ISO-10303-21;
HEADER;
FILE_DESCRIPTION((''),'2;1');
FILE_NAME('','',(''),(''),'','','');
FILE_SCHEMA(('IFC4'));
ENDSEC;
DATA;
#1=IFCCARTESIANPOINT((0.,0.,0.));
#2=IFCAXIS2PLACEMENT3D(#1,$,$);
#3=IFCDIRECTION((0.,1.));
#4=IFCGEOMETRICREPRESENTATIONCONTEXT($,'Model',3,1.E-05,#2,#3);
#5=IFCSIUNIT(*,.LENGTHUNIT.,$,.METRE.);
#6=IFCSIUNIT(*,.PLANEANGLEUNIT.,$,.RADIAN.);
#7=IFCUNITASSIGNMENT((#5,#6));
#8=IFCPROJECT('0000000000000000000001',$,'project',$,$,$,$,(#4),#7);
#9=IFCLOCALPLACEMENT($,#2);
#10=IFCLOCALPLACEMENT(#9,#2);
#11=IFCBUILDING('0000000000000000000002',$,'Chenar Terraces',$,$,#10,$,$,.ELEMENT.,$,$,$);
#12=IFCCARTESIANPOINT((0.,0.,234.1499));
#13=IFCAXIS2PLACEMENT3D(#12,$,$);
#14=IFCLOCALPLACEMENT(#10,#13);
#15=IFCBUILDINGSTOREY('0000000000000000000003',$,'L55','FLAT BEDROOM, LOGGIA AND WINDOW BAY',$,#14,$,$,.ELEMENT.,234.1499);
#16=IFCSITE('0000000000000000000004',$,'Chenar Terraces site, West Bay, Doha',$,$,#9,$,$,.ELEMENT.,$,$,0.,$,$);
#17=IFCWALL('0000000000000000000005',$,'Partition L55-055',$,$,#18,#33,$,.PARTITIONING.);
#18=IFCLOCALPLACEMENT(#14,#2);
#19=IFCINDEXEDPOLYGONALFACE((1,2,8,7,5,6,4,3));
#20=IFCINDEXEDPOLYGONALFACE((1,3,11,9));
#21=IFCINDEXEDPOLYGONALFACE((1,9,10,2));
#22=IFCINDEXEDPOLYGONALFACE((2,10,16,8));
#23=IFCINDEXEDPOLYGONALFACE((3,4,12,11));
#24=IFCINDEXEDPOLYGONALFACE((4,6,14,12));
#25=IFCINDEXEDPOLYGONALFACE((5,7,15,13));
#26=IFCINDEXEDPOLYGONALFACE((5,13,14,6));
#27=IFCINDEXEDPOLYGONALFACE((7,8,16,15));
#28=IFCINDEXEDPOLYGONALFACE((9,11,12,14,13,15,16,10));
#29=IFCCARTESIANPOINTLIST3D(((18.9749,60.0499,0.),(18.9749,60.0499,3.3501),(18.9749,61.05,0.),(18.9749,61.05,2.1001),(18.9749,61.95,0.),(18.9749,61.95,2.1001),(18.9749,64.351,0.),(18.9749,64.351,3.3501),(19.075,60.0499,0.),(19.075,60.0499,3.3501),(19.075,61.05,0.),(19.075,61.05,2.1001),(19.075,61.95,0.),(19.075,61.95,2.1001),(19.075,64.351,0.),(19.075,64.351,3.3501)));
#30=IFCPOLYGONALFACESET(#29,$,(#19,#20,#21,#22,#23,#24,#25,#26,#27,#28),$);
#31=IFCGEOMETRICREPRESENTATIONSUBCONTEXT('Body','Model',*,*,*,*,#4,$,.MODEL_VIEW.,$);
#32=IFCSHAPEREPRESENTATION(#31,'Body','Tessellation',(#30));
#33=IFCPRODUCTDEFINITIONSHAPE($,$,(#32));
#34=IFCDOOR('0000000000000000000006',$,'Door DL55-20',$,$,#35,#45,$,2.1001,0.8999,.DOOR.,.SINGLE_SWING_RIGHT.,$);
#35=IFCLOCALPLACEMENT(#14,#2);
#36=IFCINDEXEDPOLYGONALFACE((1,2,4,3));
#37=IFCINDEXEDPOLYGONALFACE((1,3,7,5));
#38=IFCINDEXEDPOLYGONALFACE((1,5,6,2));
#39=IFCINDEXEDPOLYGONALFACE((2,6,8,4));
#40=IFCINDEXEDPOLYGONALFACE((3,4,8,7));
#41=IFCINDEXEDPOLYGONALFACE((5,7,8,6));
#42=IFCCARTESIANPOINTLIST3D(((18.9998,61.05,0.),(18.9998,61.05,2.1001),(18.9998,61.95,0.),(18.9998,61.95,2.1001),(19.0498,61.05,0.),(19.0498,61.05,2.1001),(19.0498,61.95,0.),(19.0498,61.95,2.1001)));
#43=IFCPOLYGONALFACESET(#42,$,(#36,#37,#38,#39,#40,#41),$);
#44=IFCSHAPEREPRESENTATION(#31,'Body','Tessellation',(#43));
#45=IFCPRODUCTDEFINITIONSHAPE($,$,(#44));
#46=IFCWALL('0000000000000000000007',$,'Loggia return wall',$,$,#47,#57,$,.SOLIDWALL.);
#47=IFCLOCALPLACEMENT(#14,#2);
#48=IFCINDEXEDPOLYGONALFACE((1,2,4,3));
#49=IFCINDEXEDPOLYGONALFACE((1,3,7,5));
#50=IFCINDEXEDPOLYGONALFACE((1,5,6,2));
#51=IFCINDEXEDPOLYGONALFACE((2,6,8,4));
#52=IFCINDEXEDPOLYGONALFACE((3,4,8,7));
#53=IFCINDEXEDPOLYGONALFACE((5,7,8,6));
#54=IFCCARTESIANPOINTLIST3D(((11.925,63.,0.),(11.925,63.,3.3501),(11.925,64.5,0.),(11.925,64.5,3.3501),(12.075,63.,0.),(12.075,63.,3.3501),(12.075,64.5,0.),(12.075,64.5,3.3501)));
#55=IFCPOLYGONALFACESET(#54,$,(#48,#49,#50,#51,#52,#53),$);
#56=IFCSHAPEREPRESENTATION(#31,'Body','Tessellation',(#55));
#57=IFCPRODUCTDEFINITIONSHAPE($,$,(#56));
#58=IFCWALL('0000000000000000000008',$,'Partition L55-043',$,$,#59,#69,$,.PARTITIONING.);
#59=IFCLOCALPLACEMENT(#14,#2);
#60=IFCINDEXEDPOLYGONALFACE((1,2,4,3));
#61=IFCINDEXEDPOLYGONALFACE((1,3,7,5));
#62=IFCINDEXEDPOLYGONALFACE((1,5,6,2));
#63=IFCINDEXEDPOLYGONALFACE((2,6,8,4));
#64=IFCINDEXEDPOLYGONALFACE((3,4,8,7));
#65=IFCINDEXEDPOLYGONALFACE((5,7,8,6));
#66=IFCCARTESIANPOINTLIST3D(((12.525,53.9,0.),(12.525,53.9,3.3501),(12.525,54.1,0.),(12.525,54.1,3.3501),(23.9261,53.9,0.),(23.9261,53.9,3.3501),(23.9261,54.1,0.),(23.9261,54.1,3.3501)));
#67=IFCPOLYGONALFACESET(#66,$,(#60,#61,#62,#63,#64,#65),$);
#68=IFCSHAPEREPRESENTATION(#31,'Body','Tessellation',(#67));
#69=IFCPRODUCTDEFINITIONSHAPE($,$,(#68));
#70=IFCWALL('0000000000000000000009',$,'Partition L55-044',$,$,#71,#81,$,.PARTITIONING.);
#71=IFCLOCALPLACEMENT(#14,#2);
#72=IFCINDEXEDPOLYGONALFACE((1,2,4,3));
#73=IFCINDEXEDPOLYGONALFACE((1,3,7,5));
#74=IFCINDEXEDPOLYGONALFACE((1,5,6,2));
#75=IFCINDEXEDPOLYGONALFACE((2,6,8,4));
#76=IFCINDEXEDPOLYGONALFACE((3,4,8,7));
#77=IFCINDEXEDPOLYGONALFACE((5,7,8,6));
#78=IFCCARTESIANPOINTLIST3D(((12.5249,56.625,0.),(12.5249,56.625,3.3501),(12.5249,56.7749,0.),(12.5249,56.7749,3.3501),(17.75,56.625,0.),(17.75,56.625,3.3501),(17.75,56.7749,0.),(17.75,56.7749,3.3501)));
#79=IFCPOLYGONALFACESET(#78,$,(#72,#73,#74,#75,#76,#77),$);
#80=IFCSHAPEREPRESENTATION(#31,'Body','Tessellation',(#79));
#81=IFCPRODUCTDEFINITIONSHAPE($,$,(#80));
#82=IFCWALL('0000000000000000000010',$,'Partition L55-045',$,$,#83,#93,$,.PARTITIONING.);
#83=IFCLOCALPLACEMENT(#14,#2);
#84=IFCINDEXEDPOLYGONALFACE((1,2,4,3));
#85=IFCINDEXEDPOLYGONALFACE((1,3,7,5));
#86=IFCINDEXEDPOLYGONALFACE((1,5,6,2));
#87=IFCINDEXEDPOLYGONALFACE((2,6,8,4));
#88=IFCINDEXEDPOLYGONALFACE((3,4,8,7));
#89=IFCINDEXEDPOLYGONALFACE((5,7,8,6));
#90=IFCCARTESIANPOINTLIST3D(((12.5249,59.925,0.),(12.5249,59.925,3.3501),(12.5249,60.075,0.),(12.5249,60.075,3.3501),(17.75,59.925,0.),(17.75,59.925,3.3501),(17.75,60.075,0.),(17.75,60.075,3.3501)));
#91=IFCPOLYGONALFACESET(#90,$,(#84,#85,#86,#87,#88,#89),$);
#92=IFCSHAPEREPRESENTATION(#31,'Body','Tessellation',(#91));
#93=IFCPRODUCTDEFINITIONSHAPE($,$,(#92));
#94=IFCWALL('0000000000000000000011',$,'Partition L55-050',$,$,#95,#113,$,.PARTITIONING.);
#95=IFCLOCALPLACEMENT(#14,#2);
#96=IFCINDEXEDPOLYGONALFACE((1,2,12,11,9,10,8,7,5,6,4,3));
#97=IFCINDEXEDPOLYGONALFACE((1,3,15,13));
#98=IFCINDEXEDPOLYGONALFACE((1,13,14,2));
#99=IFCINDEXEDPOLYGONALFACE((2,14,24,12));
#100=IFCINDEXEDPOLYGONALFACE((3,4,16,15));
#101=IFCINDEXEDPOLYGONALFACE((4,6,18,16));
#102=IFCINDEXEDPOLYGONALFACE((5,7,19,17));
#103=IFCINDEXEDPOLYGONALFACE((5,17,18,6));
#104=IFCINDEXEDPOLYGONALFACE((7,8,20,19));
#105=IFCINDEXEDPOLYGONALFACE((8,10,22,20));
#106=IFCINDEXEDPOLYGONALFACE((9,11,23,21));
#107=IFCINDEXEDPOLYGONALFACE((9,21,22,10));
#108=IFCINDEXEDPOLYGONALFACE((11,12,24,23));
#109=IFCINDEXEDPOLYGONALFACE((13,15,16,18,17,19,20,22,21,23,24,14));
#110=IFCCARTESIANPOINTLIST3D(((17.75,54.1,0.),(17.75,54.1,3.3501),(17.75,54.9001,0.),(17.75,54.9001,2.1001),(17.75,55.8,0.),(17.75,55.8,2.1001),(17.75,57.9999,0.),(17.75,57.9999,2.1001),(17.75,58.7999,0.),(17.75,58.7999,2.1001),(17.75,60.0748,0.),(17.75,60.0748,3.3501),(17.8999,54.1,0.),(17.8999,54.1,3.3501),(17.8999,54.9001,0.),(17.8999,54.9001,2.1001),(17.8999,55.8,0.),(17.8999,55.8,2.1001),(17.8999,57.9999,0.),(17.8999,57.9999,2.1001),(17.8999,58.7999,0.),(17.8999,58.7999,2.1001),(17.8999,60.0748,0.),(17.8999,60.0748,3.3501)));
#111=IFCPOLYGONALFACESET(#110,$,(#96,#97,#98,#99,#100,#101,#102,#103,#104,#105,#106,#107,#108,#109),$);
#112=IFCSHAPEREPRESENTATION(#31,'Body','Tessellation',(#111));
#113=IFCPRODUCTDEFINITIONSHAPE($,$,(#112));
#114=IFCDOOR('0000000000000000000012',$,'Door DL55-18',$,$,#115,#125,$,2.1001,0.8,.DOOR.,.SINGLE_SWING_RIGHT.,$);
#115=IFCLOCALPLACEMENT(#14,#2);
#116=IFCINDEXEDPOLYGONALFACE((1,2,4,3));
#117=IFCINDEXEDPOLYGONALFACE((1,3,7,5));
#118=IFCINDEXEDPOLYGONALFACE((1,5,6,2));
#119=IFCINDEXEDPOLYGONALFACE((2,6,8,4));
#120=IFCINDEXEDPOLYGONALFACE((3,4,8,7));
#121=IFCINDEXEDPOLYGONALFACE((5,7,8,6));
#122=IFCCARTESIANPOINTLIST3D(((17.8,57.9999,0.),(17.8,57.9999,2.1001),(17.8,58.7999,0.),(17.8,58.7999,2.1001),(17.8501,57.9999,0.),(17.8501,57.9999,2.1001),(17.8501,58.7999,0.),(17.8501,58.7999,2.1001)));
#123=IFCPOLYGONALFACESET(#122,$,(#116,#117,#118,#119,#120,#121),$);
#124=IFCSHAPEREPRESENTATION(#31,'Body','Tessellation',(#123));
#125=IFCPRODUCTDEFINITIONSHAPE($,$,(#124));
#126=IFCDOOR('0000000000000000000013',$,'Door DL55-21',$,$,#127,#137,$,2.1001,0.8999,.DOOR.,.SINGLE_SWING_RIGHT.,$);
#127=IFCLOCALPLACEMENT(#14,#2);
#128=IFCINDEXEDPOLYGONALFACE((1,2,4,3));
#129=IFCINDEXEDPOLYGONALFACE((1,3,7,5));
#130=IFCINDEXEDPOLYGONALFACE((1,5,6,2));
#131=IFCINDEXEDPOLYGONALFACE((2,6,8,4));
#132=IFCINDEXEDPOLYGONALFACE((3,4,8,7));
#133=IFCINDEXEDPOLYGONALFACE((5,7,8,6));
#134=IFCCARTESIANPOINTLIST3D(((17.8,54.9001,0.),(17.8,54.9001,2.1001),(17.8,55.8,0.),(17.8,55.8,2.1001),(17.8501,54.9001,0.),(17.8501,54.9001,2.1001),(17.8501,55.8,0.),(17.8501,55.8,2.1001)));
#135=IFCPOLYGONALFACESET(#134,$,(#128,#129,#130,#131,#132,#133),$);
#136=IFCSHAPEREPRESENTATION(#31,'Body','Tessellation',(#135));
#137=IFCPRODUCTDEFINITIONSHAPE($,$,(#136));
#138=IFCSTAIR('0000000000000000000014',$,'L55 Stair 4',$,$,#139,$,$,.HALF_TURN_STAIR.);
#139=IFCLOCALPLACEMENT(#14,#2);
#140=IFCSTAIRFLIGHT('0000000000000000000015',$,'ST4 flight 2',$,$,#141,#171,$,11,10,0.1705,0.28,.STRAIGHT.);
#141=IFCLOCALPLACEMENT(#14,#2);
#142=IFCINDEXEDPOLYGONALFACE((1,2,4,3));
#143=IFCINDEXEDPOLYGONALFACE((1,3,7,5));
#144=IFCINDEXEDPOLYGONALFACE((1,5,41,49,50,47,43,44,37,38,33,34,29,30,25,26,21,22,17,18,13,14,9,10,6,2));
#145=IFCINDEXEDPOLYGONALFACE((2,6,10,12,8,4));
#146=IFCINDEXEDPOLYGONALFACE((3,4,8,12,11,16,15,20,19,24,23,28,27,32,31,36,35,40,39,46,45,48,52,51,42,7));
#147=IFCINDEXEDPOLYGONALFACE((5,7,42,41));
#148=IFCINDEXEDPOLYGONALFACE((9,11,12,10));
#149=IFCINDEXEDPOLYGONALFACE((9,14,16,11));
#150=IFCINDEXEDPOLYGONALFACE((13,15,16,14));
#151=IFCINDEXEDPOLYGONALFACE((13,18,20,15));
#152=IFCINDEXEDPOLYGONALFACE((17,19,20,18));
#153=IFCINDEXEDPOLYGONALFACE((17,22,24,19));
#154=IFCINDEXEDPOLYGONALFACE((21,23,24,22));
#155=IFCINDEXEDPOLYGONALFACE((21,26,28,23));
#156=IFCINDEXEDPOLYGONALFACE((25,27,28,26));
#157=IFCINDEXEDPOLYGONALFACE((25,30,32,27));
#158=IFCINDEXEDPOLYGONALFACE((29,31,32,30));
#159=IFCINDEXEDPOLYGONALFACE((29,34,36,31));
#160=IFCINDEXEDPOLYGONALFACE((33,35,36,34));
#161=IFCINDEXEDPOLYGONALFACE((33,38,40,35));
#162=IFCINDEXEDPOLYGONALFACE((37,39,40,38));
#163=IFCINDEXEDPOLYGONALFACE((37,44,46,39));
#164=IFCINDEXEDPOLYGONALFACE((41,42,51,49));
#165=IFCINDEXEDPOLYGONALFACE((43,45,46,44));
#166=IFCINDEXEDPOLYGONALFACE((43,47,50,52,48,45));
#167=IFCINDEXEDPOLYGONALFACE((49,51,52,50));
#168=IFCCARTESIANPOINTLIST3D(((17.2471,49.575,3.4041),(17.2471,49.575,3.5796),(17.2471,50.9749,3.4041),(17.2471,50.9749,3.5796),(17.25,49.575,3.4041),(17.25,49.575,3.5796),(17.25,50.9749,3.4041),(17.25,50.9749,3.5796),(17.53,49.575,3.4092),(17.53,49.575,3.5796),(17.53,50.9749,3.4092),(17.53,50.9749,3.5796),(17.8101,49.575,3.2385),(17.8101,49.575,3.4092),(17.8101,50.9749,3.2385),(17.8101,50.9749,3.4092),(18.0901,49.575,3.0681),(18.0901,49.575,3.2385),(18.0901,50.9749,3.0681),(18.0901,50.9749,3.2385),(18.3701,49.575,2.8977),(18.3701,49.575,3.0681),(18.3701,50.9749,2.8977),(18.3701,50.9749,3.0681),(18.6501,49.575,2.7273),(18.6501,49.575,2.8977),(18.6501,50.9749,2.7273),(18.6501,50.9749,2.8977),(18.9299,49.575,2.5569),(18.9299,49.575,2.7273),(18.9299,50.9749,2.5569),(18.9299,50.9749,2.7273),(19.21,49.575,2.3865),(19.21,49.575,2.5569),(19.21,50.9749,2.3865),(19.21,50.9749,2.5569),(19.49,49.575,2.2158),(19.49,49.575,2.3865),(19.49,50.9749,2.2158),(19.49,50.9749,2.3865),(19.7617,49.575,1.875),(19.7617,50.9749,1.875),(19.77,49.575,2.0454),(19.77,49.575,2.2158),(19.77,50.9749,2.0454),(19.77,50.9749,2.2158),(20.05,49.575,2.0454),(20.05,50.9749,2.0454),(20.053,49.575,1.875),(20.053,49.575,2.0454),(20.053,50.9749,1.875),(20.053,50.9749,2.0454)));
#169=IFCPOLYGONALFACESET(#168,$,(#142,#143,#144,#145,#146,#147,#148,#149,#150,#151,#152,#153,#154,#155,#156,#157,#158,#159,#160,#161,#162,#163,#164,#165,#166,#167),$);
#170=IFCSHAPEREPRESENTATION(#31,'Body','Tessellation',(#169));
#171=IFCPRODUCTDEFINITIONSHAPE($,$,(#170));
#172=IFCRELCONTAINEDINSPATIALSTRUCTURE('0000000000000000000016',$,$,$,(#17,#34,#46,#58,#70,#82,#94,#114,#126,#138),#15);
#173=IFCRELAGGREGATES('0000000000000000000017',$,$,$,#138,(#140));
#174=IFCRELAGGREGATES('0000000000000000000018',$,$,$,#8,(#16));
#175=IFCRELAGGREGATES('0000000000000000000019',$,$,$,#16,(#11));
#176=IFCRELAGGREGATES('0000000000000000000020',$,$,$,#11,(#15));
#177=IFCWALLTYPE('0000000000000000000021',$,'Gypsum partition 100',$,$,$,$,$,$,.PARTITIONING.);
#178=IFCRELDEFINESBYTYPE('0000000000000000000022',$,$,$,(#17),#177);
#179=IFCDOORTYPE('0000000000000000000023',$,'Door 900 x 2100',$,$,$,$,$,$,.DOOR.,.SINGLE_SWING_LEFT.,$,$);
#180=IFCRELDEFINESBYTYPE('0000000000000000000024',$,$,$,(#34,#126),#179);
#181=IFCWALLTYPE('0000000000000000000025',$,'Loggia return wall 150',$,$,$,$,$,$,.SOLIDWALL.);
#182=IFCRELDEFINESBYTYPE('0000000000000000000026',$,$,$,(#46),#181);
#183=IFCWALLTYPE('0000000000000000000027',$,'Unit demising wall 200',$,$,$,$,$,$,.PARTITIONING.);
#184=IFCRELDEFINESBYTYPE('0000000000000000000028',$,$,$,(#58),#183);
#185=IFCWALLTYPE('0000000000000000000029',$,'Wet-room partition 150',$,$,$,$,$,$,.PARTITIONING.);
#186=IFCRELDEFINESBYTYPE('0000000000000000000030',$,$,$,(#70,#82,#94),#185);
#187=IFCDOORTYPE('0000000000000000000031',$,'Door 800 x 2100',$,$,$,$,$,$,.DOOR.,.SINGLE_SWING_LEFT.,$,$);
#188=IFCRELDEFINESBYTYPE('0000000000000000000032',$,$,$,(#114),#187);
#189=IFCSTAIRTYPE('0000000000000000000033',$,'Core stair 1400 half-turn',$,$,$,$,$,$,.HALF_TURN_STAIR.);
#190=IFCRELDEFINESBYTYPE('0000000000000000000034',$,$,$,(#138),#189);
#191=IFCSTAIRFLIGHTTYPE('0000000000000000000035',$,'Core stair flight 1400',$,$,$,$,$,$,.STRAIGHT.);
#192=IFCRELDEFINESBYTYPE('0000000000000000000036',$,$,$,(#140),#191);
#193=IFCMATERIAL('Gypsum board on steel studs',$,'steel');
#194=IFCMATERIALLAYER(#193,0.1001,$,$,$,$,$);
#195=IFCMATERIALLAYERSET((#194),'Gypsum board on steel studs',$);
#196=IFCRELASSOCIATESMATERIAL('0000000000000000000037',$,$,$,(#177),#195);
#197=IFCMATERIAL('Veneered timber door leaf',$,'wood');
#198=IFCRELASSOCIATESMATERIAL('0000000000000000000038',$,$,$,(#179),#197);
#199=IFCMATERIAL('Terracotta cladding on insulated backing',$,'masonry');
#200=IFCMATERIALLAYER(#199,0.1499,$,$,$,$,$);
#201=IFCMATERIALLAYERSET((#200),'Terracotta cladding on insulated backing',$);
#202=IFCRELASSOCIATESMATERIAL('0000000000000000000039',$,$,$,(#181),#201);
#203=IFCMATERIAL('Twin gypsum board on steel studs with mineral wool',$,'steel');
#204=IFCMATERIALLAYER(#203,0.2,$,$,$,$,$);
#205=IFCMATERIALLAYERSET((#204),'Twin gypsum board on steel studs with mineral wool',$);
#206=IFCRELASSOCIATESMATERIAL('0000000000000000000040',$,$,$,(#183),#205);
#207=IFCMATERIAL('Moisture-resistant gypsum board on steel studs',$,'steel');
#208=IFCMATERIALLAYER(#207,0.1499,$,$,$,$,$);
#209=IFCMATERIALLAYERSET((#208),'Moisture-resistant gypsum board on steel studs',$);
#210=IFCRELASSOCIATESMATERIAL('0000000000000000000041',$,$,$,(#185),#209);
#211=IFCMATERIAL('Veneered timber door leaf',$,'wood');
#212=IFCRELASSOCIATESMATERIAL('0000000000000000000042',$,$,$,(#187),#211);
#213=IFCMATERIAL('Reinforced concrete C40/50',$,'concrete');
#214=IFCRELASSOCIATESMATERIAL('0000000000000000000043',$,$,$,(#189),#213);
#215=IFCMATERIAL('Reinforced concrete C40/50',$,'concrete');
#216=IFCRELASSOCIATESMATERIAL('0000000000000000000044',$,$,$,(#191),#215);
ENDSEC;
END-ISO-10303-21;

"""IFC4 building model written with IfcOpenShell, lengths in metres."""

from ifc_helpers import new_model, si_unit, direction, frame, frame_2d, origin, place, context, subcontext, project, spatial, polyline, rectangle, outline, extrude, material, layer, layer_set, type_object, element, fill, aggregate, save


model = new_model("IFC4")

# Units and contexts
model_context = context("Model", 3, precision=1e-05, world=origin(), true_north=direction((0.0, 1.0)))
body_context = subcontext(model_context, "Body", "Model", "MODEL_VIEW")
ifc_project = project(units=[si_unit("LENGTHUNIT", "METRE"), si_unit("PLANEANGLEUNIT", "RADIAN")], contexts=[model_context])

# Site, building, storey
site_placement = place(None, origin())
site = spatial("IfcSite", under=ifc_project, at=site_placement, Name="Chenar Terraces site, West Bay, Doha", CompositionType="ELEMENT", RefElevation=0.0)
building_placement = place(site_placement, origin())
building = spatial("IfcBuilding", under=site, at=building_placement, Name="Chenar Terraces", CompositionType="ELEMENT")
storey_placement = place(building_placement, frame((0.0, 0.0, 234.1499)))
storey = spatial("IfcBuildingStorey", under=building, at=storey_placement, Name="L55", Description="FLAT BEDROOM, LOGGIA AND WINDOW BAY", CompositionType="ELEMENT", Elevation=234.1499)

# Shared definitions
ifc_material_1 = material(Name="Gypsum board on steel studs", Category="steel")
ifc_layer_1 = layer(ifc_material_1, 0.1001)
ifc_layer_set_1 = layer_set([ifc_layer_1], Name="Gypsum board on steel studs")
wall_type_1 = type_object("IfcWallType", Name="Gypsum partition 100", PredefinedType="PARTITIONING", material=ifc_layer_set_1)

# Wall, opening, door
ifc_material_2 = material(Name="Veneered timber door leaf", Category="wood")
door_type_1 = type_object("IfcDoorType", Name="Door 900 x 2100", OperationType="SINGLE_SWING_LEFT", PredefinedType="DOOR", material=ifc_material_2)
wall_1_placement = place(storey_placement, frame((19.0249, 60.05, 0.0), z_axis=(0.0, 0.0, 1.0), x_axis=(0.0, 1.0, 0.0)))
wall_1 = element("IfcWall", 1, at=wall_1_placement, inside=storey, type_object=wall_type_1, Name="Partition L55-055", PredefinedType="PARTITIONING", context=body_context, shape_type="SweptSolid", body=[
    extrude(rectangle(XDim=4.301, YDim=0.1001, at=frame_2d((2.1504, 0.0))), origin(), (0.0, 0.0, 1.0), 3.3501),
])
opening_1_placement = place(wall_1_placement, frame((1.0, 0.0, 0.0)))
opening_1 = element("IfcOpeningElement", 2, at=opening_1_placement, cuts=wall_1, PredefinedType="OPENING", context=body_context, shape_type="SweptSolid", body=[
    extrude(rectangle(XDim=0.8999, YDim=2.1001, at=frame_2d((0.45, 1.05))), frame((0.0, 0.0601, 0.0), z_axis=(0.0, -1.0, 0.0), x_axis=(1.0, 0.0, 0.0)), (0.0, 0.0, 1.0), 0.1201),
])
door_1_placement = place(opening_1_placement, frame((0.8999, 0.0, 0.0), z_axis=(0.0, 0.0, 1.0), x_axis=(-1.0, 0.0, 0.0)))
door_1 = element("IfcDoor", 3, at=door_1_placement, inside=storey, type_object=door_type_1, Name="Door DL55-20", OperationType="SINGLE_SWING_RIGHT", OverallHeight=2.1001, OverallWidth=0.8999, PredefinedType="DOOR", context=body_context, shape_type="SweptSolid", body=[
    extrude(rectangle(XDim=0.8999, YDim=2.1001, at=frame_2d((0.45, 1.05))), frame((0.0, 0.0249, 0.0), z_axis=(0.0, -1.0, 0.0), x_axis=(1.0, 0.0, 0.0)), (0.0, 0.0, 1.0), 0.05),
])
fill(opening_1, door_1)

# Walls
ifc_material_3 = material(Name="Terracotta cladding on insulated backing", Category="masonry")
ifc_layer_2 = layer(ifc_material_3, 0.1499)
ifc_layer_set_2 = layer_set([ifc_layer_2], Name="Terracotta cladding on insulated backing")
wall_type_2 = type_object("IfcWallType", Name="Loggia return wall 150", PredefinedType="SOLIDWALL", material=ifc_layer_set_2)
wall_2_placement = place(storey_placement, frame((12.0, 64.5, 0.0), z_axis=(0.0, 0.0, 1.0), x_axis=(0.0, -1.0, 0.0)))
element("IfcWall", 4, at=wall_2_placement, inside=storey, type_object=wall_type_2, Name="Loggia return wall", PredefinedType="SOLIDWALL", context=body_context, shape_type="SweptSolid", body=[
    extrude(rectangle(XDim=1.5, YDim=0.1499, at=frame_2d((0.75, 0.0))), origin(), (0.0, 0.0, 1.0), 3.3501),
])
ifc_material_4 = material(Name="Twin gypsum board on steel studs with mineral wool", Category="steel")
ifc_layer_3 = layer(ifc_material_4, 0.2)
ifc_layer_set_3 = layer_set([ifc_layer_3], Name="Twin gypsum board on steel studs with mineral wool")
wall_type_3 = type_object("IfcWallType", Name="Unit demising wall 200", PredefinedType="PARTITIONING", material=ifc_layer_set_3)
wall_3_placement = place(storey_placement, frame((12.5249, 54.0, 0.0), z_axis=(0.0, 0.0, 1.0), x_axis=(1.0, 0.0, 0.0)))
element("IfcWall", 5, at=wall_3_placement, inside=storey, type_object=wall_type_3, Name="Partition L55-043", PredefinedType="PARTITIONING", context=body_context, shape_type="SweptSolid", body=[
    extrude(rectangle(XDim=11.4011, YDim=0.2, at=frame_2d((5.7007, 0.0))), origin(), (0.0, 0.0, 1.0), 3.3501),
])
ifc_material_5 = material(Name="Moisture-resistant gypsum board on steel studs", Category="steel")
ifc_layer_4 = layer(ifc_material_5, 0.1499)
ifc_layer_set_4 = layer_set([ifc_layer_4], Name="Moisture-resistant gypsum board on steel studs")
wall_type_4 = type_object("IfcWallType", Name="Wet-room partition 150", PredefinedType="PARTITIONING", material=ifc_layer_set_4)
for number, where, z_axis, x_axis, name in (
    (6, (12.5249, 56.7, 0.0), (0.0, 0.0, 1.0), (1.0, 0.0, 0.0), "Partition L55-044"),
    (7, (12.5249, 60.0, 0.0), (0.0, 0.0, 1.0), (1.0, 0.0, 0.0), "Partition L55-045"),
):
    element("IfcWall", number, at=place(storey_placement, frame(where, z_axis=z_axis, x_axis=x_axis)), inside=storey, type_object=wall_type_4, Name=name, PredefinedType="PARTITIONING", context=body_context, shape_type="SweptSolid", body=[
        extrude(rectangle(XDim=5.2251, YDim=0.1499, at=frame_2d((2.6125, 0.0))), origin(), (0.0, 0.0, 1.0), 3.3501),
    ])

# Wall, openings, doors
wall_4_placement = place(storey_placement, frame((17.825, 54.1001, 0.0), z_axis=(0.0, 0.0, 1.0), x_axis=(0.0, 1.0, 0.0)))
wall_4 = element("IfcWall", 8, at=wall_4_placement, inside=storey, type_object=wall_type_4, Name="Partition L55-050", PredefinedType="PARTITIONING", context=body_context, shape_type="SweptSolid", body=[
    extrude(rectangle(XDim=5.9749, YDim=0.1499, at=frame_2d((2.9873, 0.0))), origin(), (0.0, 0.0, 1.0), 3.3501),
])
opening_2_placement = place(wall_4_placement, frame((3.8999, 0.0, 0.0)))
opening_2 = element("IfcOpeningElement", 9, at=opening_2_placement, cuts=wall_4, PredefinedType="OPENING", context=body_context, shape_type="SweptSolid", body=[
    extrude(rectangle(XDim=0.8, YDim=2.1001, at=frame_2d((0.3999, 1.05))), frame((0.0, 0.085, 0.0), z_axis=(0.0, -1.0, 0.0), x_axis=(1.0, 0.0, 0.0)), (0.0, 0.0, 1.0), 0.1699),
])
opening_3_placement = place(wall_4_placement, frame((0.8, 0.0, 0.0)))
opening_3 = element("IfcOpeningElement", 10, at=opening_3_placement, cuts=wall_4, PredefinedType="OPENING", context=body_context, shape_type="SweptSolid", body=[
    extrude(rectangle(XDim=0.8999, YDim=2.1001, at=frame_2d((0.45, 1.05))), frame((0.0, 0.085, 0.0), z_axis=(0.0, -1.0, 0.0), x_axis=(1.0, 0.0, 0.0)), (0.0, 0.0, 1.0), 0.1699),
])
ifc_material_6 = material(Name="Veneered timber door leaf", Category="wood")
door_type_2 = type_object("IfcDoorType", Name="Door 800 x 2100", OperationType="SINGLE_SWING_LEFT", PredefinedType="DOOR", material=ifc_material_6)
door_2_placement = place(opening_2_placement, origin())
door_2 = element("IfcDoor", 11, at=door_2_placement, inside=storey, type_object=door_type_2, Name="Door DL55-18", OperationType="SINGLE_SWING_RIGHT", OverallHeight=2.1001, OverallWidth=0.8, PredefinedType="DOOR", context=body_context, shape_type="SweptSolid", body=[
    extrude(rectangle(XDim=0.8, YDim=2.1001, at=frame_2d((0.3999, 1.05))), frame((0.0, 0.0249, 0.0), z_axis=(0.0, -1.0, 0.0), x_axis=(1.0, 0.0, 0.0)), (0.0, 0.0, 1.0), 0.05),
])
fill(opening_2, door_2)
door_3_placement = place(opening_3_placement, origin())
door_3 = element("IfcDoor", 12, at=door_3_placement, inside=storey, type_object=door_type_1, Name="Door DL55-21", OperationType="SINGLE_SWING_RIGHT", OverallHeight=2.1001, OverallWidth=0.8999, PredefinedType="DOOR", context=body_context, shape_type="SweptSolid", body=[
    extrude(rectangle(XDim=0.8999, YDim=2.1001, at=frame_2d((0.45, 1.05))), frame((0.0, 0.0249, 0.0), z_axis=(0.0, -1.0, 0.0), x_axis=(1.0, 0.0, 0.0)), (0.0, 0.0, 1.0), 0.05),
])
fill(opening_3, door_3)

# Stair, stair flight
ifc_material_7 = material(Name="Reinforced concrete C40/50", Category="concrete")
stair_type = type_object("IfcStairType", Name="Core stair 1400 half-turn", PredefinedType="HALF_TURN_STAIR", material=ifc_material_7)
stair_placement = place(storey_placement, origin())
stair = element("IfcStair", 13, at=stair_placement, inside=storey, type_object=stair_type, Name="L55 Stair 4", PredefinedType="HALF_TURN_STAIR")
ifc_material_8 = material(Name="Reinforced concrete C40/50", Category="concrete")
stair_flight_type = type_object("IfcStairFlightType", Name="Core stair flight 1400", PredefinedType="STRAIGHT", material=ifc_material_8)
stair_flight_placement = place(storey_placement, frame((20.05, 50.2749, 1.875), z_axis=(0.0, 0.0, 1.0), x_axis=(-1.0, 0.0, 0.0)))
stair_flight = element("IfcStairFlight", 14, at=stair_flight_placement, type_object=stair_flight_type, Name="ST4 flight 2", NumberOfRisers=11, NumberOfTreads=10, PredefinedType="STRAIGHT", RiserHeight=0.1705, TreadLength=0.28, context=body_context, shape_type="SweptSolid", body=[
    extrude(outline(polyline([(-0.0029, 0.0), (-0.0029, 0.1704), (0.0, 0.1704), (0.28, 0.1704), (0.28, 0.3408), (0.5601, 0.3408), (0.5601, 0.5115), (0.8401, 0.5115), (0.8401, 0.6819), (1.1201, 0.6819), (1.1201, 0.8523), (1.3999, 0.8523), (1.3999, 1.0227), (1.6799, 1.0227), (1.6799, 1.1931), (1.96, 1.1931), (1.96, 1.3635), (2.24, 1.3635), (2.24, 1.5342), (2.52, 1.5342), (2.52, 1.7046), (2.8, 1.7046), (2.803, 1.7046), (2.803, 1.5291), (2.8, 1.5291), (0.2883, 0.0), (-0.0029, 0.0)])), frame((0.0, 0.7, 0.0), z_axis=(0.0, -1.0, 0.0), x_axis=(1.0, 0.0, 0.0)), (0.0, 0.0, 1.0), 1.3999),
])
aggregate(stair, [stair_flight])

save(model, "model.ifc")
